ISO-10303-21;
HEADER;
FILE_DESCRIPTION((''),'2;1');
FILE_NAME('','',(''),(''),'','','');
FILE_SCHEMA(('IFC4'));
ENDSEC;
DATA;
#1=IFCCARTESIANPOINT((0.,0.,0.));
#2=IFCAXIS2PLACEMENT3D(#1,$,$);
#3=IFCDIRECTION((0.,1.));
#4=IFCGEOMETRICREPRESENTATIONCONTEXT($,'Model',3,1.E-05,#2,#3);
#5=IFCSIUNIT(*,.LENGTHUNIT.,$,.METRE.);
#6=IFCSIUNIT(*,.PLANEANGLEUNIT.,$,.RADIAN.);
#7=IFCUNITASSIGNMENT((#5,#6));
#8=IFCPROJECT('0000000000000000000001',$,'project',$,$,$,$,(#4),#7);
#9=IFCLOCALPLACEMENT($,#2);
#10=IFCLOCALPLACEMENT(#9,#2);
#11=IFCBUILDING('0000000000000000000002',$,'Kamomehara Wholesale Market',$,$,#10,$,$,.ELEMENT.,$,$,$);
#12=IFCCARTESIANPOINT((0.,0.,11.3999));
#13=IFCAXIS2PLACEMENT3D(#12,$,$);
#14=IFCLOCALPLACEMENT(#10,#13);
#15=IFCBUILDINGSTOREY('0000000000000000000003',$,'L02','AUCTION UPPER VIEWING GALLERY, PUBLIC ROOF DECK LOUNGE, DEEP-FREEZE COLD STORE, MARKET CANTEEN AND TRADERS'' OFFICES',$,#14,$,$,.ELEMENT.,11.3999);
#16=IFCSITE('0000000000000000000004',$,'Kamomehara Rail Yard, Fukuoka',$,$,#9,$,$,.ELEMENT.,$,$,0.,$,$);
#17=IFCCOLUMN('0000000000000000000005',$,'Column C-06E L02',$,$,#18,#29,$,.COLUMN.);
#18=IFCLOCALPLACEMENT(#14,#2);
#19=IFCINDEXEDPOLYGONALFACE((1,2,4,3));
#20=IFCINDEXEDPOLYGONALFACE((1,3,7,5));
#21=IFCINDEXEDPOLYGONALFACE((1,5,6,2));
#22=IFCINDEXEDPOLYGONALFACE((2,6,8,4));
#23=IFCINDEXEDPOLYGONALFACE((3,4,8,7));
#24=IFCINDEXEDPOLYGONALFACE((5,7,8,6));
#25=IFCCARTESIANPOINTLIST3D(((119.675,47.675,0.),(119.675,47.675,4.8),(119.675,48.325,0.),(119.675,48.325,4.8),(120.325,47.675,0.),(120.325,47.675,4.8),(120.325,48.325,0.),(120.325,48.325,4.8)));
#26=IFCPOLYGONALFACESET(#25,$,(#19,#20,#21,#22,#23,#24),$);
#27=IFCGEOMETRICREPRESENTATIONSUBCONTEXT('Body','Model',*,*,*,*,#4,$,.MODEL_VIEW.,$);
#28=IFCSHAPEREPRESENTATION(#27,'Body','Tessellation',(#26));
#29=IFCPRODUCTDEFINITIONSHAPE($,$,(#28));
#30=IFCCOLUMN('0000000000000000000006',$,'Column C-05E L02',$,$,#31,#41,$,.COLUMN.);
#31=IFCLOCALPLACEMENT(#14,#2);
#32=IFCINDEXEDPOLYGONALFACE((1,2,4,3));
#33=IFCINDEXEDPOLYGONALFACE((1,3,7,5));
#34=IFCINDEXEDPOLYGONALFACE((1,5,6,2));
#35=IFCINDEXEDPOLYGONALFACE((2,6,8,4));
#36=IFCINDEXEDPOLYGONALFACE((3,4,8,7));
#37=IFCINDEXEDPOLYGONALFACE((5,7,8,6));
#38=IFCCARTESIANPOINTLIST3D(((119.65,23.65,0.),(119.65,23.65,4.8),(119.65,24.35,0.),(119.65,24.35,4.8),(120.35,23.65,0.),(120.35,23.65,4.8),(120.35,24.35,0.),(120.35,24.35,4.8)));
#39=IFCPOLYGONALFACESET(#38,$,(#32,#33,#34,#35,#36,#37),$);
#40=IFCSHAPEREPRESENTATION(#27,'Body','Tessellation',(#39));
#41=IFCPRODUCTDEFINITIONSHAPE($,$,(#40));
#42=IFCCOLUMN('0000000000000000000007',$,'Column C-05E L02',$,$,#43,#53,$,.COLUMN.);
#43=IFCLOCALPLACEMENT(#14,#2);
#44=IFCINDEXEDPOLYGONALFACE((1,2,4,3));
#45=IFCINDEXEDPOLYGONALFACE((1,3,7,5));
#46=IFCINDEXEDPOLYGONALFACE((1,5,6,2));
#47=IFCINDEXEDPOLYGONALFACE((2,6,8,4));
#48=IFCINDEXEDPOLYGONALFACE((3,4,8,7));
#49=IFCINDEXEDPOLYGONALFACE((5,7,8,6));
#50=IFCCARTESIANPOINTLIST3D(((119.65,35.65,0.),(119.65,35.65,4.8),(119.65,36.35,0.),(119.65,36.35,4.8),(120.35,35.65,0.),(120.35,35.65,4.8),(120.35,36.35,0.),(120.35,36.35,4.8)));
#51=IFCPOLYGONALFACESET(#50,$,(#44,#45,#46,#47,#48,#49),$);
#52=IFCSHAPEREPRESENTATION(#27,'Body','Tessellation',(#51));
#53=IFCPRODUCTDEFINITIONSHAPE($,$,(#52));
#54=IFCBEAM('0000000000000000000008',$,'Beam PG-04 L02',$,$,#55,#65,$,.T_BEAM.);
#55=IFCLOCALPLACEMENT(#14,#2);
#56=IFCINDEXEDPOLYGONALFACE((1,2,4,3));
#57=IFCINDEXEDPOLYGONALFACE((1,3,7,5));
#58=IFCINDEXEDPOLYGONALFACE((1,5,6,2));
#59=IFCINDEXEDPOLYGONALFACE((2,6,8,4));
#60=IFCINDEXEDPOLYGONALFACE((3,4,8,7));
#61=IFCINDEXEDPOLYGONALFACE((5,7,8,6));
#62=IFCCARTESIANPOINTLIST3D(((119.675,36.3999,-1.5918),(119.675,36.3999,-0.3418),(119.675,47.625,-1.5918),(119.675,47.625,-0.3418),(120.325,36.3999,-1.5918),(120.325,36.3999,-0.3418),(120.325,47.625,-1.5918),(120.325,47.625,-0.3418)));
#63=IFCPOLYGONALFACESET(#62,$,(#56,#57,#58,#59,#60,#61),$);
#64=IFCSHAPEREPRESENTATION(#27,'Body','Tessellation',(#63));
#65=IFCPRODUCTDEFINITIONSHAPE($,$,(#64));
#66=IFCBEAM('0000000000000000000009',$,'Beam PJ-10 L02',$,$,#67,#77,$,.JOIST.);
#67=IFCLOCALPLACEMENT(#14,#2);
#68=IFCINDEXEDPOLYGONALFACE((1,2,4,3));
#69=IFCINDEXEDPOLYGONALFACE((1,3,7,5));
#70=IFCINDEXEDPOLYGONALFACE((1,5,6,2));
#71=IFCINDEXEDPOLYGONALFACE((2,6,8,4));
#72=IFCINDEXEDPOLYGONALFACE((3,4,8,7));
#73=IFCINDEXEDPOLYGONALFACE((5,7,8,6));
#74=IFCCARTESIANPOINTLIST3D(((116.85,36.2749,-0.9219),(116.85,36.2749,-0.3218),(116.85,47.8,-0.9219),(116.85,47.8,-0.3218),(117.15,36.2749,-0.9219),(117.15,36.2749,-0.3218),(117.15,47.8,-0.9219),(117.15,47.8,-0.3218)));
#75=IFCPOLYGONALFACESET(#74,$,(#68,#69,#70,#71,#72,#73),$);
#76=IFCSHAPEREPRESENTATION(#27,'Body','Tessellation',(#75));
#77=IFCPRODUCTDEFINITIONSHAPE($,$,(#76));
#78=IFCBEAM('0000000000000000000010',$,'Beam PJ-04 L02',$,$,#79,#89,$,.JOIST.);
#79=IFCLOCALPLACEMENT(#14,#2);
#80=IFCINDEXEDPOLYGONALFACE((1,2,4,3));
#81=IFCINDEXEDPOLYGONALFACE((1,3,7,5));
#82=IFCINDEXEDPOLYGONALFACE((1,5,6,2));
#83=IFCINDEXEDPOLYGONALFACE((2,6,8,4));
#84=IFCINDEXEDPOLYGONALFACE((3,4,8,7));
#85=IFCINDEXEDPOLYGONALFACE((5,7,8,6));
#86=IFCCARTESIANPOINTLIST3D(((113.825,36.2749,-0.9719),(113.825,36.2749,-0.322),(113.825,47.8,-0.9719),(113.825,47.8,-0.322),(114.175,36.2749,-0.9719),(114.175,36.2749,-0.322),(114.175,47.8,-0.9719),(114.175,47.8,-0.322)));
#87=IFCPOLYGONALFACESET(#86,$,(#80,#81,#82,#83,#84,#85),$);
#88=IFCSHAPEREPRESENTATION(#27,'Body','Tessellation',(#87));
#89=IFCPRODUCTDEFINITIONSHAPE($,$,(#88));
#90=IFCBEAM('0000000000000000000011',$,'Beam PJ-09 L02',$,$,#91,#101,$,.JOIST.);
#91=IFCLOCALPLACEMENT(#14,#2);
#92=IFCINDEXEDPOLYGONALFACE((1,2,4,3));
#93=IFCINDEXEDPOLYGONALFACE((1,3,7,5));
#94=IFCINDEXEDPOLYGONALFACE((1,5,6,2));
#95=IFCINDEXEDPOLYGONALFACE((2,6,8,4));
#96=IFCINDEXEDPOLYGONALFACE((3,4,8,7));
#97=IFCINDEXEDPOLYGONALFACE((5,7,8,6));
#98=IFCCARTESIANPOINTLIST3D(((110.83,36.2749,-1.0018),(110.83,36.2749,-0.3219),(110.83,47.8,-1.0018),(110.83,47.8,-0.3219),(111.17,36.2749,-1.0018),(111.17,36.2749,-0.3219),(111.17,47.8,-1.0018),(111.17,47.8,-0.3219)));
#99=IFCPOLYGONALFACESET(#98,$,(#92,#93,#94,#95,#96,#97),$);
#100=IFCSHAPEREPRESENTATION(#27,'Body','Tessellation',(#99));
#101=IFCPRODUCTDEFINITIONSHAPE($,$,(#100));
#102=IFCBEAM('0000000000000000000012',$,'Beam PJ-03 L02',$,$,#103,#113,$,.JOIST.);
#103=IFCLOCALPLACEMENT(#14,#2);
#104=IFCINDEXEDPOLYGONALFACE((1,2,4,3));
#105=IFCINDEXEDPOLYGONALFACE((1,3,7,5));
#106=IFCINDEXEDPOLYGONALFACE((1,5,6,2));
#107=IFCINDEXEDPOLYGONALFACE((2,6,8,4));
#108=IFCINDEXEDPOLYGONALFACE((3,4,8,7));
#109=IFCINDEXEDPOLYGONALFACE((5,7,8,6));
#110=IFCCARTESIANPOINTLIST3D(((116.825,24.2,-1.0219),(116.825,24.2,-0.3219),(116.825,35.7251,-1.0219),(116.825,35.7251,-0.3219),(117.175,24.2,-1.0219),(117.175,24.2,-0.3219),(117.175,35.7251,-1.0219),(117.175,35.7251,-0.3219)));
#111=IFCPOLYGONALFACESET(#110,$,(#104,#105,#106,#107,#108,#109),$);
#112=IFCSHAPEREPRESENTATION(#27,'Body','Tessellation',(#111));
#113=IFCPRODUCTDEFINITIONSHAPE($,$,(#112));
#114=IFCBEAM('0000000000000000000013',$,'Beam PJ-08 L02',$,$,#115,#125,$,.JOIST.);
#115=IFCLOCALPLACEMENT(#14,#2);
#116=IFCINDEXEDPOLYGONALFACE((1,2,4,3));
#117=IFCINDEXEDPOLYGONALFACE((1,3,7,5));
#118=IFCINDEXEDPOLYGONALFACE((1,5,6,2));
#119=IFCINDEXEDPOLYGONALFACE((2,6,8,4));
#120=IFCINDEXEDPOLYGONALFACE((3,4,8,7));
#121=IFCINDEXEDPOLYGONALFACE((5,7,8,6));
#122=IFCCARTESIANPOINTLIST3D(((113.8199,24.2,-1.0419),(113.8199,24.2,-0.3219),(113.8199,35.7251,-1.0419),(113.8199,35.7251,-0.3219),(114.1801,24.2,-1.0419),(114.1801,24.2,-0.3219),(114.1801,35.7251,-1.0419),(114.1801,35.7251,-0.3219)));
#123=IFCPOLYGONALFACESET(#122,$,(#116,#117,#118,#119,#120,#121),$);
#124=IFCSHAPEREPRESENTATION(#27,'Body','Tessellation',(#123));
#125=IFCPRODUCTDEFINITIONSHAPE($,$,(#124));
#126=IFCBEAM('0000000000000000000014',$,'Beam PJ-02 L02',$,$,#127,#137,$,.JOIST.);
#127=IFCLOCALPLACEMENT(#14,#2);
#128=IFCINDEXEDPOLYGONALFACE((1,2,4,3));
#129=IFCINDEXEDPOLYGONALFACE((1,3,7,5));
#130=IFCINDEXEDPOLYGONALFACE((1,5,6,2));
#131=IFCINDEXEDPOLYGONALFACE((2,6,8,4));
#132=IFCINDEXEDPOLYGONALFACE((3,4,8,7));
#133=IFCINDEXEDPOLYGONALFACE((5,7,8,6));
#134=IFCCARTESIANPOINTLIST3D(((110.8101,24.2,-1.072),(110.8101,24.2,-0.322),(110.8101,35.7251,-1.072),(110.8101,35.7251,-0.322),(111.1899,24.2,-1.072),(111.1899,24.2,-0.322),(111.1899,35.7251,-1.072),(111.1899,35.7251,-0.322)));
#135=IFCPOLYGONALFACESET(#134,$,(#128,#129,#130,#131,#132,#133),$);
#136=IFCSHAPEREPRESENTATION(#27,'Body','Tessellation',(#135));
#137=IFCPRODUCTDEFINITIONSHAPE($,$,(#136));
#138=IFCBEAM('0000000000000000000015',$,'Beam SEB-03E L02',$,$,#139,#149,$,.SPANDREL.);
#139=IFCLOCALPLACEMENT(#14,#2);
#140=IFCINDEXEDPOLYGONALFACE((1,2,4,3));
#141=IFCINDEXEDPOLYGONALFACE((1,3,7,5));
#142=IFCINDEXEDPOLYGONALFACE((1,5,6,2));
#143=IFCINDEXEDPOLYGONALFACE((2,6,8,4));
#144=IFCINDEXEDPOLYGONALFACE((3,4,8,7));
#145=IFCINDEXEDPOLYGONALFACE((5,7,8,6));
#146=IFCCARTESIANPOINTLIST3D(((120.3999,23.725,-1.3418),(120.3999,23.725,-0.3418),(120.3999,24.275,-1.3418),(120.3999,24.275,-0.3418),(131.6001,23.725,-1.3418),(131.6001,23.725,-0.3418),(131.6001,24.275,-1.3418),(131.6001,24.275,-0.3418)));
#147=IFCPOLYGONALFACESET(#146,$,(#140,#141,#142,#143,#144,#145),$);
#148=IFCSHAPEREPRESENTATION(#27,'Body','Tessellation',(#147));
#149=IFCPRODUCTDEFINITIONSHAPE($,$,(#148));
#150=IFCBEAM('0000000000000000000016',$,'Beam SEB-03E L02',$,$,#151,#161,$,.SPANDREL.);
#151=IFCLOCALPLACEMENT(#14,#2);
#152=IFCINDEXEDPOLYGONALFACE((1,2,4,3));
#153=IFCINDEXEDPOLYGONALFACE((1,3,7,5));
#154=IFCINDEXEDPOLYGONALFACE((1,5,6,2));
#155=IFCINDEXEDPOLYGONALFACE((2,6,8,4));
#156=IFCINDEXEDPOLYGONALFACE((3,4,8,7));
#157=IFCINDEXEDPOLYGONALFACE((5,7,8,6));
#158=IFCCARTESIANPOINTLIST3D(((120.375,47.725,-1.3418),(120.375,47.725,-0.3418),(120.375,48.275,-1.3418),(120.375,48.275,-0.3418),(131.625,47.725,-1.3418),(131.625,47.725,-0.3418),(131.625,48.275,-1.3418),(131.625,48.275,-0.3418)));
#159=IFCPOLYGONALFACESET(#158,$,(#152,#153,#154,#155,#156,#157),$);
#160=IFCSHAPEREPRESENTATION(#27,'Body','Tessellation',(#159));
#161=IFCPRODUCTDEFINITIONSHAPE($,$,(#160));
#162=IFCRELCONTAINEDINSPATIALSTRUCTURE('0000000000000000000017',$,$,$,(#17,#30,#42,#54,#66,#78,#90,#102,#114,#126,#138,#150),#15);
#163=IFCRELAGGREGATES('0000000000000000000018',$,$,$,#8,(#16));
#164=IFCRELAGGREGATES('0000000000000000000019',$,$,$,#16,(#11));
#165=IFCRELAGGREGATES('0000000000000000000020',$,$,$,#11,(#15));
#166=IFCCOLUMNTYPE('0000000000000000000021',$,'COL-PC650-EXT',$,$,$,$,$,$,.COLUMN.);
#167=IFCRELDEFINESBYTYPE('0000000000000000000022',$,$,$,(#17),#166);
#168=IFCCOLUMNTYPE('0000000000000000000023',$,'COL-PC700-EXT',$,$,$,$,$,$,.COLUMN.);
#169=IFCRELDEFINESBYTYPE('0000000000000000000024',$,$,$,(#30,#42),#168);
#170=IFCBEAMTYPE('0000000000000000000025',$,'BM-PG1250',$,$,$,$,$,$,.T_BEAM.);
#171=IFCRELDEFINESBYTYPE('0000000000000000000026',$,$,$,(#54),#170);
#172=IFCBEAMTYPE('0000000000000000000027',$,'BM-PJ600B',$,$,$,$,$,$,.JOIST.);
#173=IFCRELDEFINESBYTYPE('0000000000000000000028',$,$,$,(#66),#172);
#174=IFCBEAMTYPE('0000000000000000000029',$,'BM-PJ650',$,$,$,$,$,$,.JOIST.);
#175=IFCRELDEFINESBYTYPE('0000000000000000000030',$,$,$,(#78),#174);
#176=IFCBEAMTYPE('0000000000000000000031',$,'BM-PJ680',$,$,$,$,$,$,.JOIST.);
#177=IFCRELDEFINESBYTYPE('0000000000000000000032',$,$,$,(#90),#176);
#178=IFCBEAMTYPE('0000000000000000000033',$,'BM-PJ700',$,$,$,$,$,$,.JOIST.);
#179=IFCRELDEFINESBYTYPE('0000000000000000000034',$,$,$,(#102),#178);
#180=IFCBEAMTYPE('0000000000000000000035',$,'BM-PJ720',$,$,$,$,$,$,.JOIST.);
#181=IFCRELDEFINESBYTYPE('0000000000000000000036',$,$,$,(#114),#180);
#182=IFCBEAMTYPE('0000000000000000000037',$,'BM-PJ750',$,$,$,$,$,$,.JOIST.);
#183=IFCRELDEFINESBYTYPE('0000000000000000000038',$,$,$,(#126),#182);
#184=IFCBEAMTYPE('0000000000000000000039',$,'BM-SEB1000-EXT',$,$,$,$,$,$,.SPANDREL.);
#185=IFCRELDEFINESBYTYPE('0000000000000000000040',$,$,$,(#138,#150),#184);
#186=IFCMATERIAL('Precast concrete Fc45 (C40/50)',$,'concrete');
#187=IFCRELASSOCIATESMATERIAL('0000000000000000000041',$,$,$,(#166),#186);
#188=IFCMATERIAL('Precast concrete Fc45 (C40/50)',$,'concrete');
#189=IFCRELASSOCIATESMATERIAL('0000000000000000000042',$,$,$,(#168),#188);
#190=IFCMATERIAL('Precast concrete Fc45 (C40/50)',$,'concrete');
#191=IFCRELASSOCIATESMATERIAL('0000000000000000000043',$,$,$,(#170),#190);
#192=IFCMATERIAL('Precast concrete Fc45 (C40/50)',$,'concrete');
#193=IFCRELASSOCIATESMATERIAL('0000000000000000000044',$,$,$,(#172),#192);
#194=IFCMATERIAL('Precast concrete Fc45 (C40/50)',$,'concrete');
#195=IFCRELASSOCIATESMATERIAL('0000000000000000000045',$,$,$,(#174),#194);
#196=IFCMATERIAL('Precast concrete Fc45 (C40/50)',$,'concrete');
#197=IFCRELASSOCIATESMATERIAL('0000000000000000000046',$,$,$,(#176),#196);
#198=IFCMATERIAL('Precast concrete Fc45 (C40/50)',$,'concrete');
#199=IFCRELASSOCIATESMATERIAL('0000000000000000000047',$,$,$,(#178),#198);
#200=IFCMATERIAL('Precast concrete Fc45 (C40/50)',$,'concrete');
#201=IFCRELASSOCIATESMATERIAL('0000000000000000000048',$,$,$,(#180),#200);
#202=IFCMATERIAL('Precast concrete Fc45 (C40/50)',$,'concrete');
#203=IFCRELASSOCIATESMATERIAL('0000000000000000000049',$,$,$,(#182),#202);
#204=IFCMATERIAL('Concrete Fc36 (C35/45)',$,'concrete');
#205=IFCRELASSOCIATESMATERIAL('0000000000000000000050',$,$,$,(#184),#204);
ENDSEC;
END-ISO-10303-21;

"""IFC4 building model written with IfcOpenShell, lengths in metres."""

from ifc_helpers import new_model, si_unit, direction, frame, origin, origin_2d, place, context, subcontext, project, spatial, rectangle, extrude, material, material_profile, profile_set, type_object, element, save


model = new_model("IFC4")

# Units and contexts
model_context = context("Model", 3, precision=1e-05, world=origin(), true_north=direction((0.0, 1.0)))
body_context = subcontext(model_context, "Body", "Model", "MODEL_VIEW")
ifc_project = project(units=[si_unit("LENGTHUNIT", "METRE"), si_unit("PLANEANGLEUNIT", "RADIAN")], contexts=[model_context])

# Site, building, storey
site_placement = place(None, origin())
site = spatial("IfcSite", under=ifc_project, at=site_placement, Name="Kamomehara Rail Yard, Fukuoka", CompositionType="ELEMENT", RefElevation=0.0)
building_placement = place(site_placement, origin())
building = spatial("IfcBuilding", under=site, at=building_placement, Name="Kamomehara Wholesale Market", CompositionType="ELEMENT")
storey_placement = place(building_placement, frame((0.0, 0.0, 11.3999)))
storey = spatial("IfcBuildingStorey", under=building, at=storey_placement, Name="L02", Description="AUCTION UPPER VIEWING GALLERY, PUBLIC ROOF DECK LOUNGE, DEEP-FREEZE COLD STORE, MARKET CANTEEN AND TRADERS' OFFICES", CompositionType="ELEMENT", Elevation=11.3999)

# Columns
ifc_material_1 = material(Name="Precast concrete Fc45 (C40/50)", Category="concrete")
ifc_material_profile_1 = material_profile(ifc_material_1, rectangle(XDim=0.6499, YDim=0.6499, at=origin_2d()), Name="PC-COL-650x650")
ifc_profile_set_1 = profile_set([ifc_material_profile_1], Name="Precast concrete Fc45 (C40/50)")
column_type_1 = type_object("IfcColumnType", Name="COL-PC650-EXT", PredefinedType="COLUMN", material=ifc_profile_set_1)
column_placement = place(storey_placement, frame((120.0, 48.0, 0.0), z_axis=(0.0, 0.0, 1.0), x_axis=(1.0, 0.0, 0.0)))
element("IfcColumn", 1, at=column_placement, inside=storey, type_object=column_type_1, Name="Column C-06E L02", PredefinedType="COLUMN", context=body_context, shape_type="SweptSolid", body=[
    extrude(rectangle(XDim=0.6499, YDim=0.6499, at=origin_2d()), origin(), (0.0, 0.0, 1.0), 4.8),
])
ifc_material_2 = material(Name="Precast concrete Fc45 (C40/50)", Category="concrete")
ifc_material_profile_2 = material_profile(ifc_material_2, rectangle(XDim=0.7, YDim=0.7, at=origin_2d()), Name="PC-COL-700x700")
ifc_profile_set_2 = profile_set([ifc_material_profile_2], Name="Precast concrete Fc45 (C40/50)")
column_type_2 = type_object("IfcColumnType", Name="COL-PC700-EXT", PredefinedType="COLUMN", material=ifc_profile_set_2)
for number, where, z_axis, x_axis, name in (
    (2, (120.0, 24.0, 0.0), (0.0, 0.0, 1.0), (1.0, 0.0, 0.0), "Column C-05E L02"),
    (3, (120.0, 36.0, 0.0), (0.0, 0.0, 1.0), (1.0, 0.0, 0.0), "Column C-05E L02"),
):
    element("IfcColumn", number, at=place(storey_placement, frame(where, z_axis=z_axis, x_axis=x_axis)), inside=storey, type_object=column_type_2, Name=name, PredefinedType="COLUMN", context=body_context, shape_type="SweptSolid", body=[
        extrude(rectangle(XDim=0.7, YDim=0.7, at=origin_2d()), origin(), (0.0, 0.0, 1.0), 4.8),
    ])

# Beams
ifc_material_3 = material(Name="Precast concrete Fc45 (C40/50)", Category="concrete")
ifc_material_profile_3 = material_profile(ifc_material_3, rectangle(XDim=0.6499, YDim=1.25, at=origin_2d()), Name="PC-GRD-650x1250")
ifc_profile_set_3 = profile_set([ifc_material_profile_3], Name="Precast concrete Fc45 (C40/50)")
beam_type_1 = type_object("IfcBeamType", Name="BM-PG1250", PredefinedType="T_BEAM", material=ifc_profile_set_3)
beam_1_placement = place(storey_placement, frame((120.0, 36.3999, -0.9668), z_axis=(0.0, 1.0, 0.0), x_axis=(-1.0, 0.0, 0.0)))
element("IfcBeam", 4, at=beam_1_placement, inside=storey, type_object=beam_type_1, Name="Beam PG-04 L02", PredefinedType="T_BEAM", context=body_context, shape_type="SweptSolid", body=[
    extrude(rectangle(XDim=0.6499, YDim=1.25, at=origin_2d()), origin(), (0.0, 0.0, 1.0), 11.2251),
])
ifc_material_4 = material(Name="Precast concrete Fc45 (C40/50)", Category="concrete")
ifc_material_profile_4 = material_profile(ifc_material_4, rectangle(XDim=0.3, YDim=0.6001, at=origin_2d()), Name="PC-JST-300x600")
ifc_profile_set_4 = profile_set([ifc_material_profile_4], Name="Precast concrete Fc45 (C40/50)")
beam_type_2 = type_object("IfcBeamType", Name="BM-PJ600B", PredefinedType="JOIST", material=ifc_profile_set_4)
beam_2_placement = place(storey_placement, frame((117.0, 36.2749, -0.6218), z_axis=(0.0, 1.0, 0.0), x_axis=(-1.0, 0.0, 0.0)))
element("IfcBeam", 5, at=beam_2_placement, inside=storey, type_object=beam_type_2, Name="Beam PJ-10 L02", PredefinedType="JOIST", context=body_context, shape_type="SweptSolid", body=[
    extrude(rectangle(XDim=0.3, YDim=0.6001, at=origin_2d()), origin(), (0.0, 0.0, 1.0), 11.5251),
])
ifc_material_5 = material(Name="Precast concrete Fc45 (C40/50)", Category="concrete")
ifc_material_profile_5 = material_profile(ifc_material_5, rectangle(XDim=0.3501, YDim=0.6499, at=origin_2d()), Name="PC-JST-350x650")
ifc_profile_set_5 = profile_set([ifc_material_profile_5], Name="Precast concrete Fc45 (C40/50)")
beam_type_3 = type_object("IfcBeamType", Name="BM-PJ650", PredefinedType="JOIST", material=ifc_profile_set_5)
beam_3_placement = place(storey_placement, frame((114.0, 36.2749, -0.647), z_axis=(0.0, 1.0, 0.0), x_axis=(-1.0, 0.0, 0.0)))
element("IfcBeam", 6, at=beam_3_placement, inside=storey, type_object=beam_type_3, Name="Beam PJ-04 L02", PredefinedType="JOIST", context=body_context, shape_type="SweptSolid", body=[
    extrude(rectangle(XDim=0.3501, YDim=0.6499, at=origin_2d()), origin(), (0.0, 0.0, 1.0), 11.5251),
])
ifc_material_6 = material(Name="Precast concrete Fc45 (C40/50)", Category="concrete")
ifc_material_profile_6 = material_profile(ifc_material_6, rectangle(XDim=0.3401, YDim=0.6799, at=origin_2d()), Name="PC-JST-340x680")
ifc_profile_set_6 = profile_set([ifc_material_profile_6], Name="Precast concrete Fc45 (C40/50)")
beam_type_4 = type_object("IfcBeamType", Name="BM-PJ680", PredefinedType="JOIST", material=ifc_profile_set_6)
beam_4_placement = place(storey_placement, frame((111.0, 36.2749, -0.6619), z_axis=(0.0, 1.0, 0.0), x_axis=(-1.0, 0.0, 0.0)))
element("IfcBeam", 7, at=beam_4_placement, inside=storey, type_object=beam_type_4, Name="Beam PJ-09 L02", PredefinedType="JOIST", context=body_context, shape_type="SweptSolid", body=[
    extrude(rectangle(XDim=0.3401, YDim=0.6799, at=origin_2d()), origin(), (0.0, 0.0, 1.0), 11.5251),
])
ifc_material_7 = material(Name="Precast concrete Fc45 (C40/50)", Category="concrete")
ifc_material_profile_7 = material_profile(ifc_material_7, rectangle(XDim=0.3501, YDim=0.7, at=origin_2d()), Name="PC-JST-350x700")
ifc_profile_set_7 = profile_set([ifc_material_profile_7], Name="Precast concrete Fc45 (C40/50)")
beam_type_5 = type_object("IfcBeamType", Name="BM-PJ700", PredefinedType="JOIST", material=ifc_profile_set_7)
beam_5_placement = place(storey_placement, frame((117.0, 24.2, -0.6719), z_axis=(0.0, 1.0, 0.0), x_axis=(-1.0, 0.0, 0.0)))
element("IfcBeam", 8, at=beam_5_placement, inside=storey, type_object=beam_type_5, Name="Beam PJ-03 L02", PredefinedType="JOIST", context=body_context, shape_type="SweptSolid", body=[
    extrude(rectangle(XDim=0.3501, YDim=0.7, at=origin_2d()), origin(), (0.0, 0.0, 1.0), 11.5251),
])
ifc_material_8 = material(Name="Precast concrete Fc45 (C40/50)", Category="concrete")
ifc_material_profile_8 = material_profile(ifc_material_8, rectangle(XDim=0.3601, YDim=0.72, at=origin_2d()), Name="PC-JST-360x720")
ifc_profile_set_8 = profile_set([ifc_material_profile_8], Name="Precast concrete Fc45 (C40/50)")
beam_type_6 = type_object("IfcBeamType", Name="BM-PJ720", PredefinedType="JOIST", material=ifc_profile_set_8)
beam_6_placement = place(storey_placement, frame((114.0, 24.2, -0.6819), z_axis=(0.0, 1.0, 0.0), x_axis=(-1.0, 0.0, 0.0)))
element("IfcBeam", 9, at=beam_6_placement, inside=storey, type_object=beam_type_6, Name="Beam PJ-08 L02", PredefinedType="JOIST", context=body_context, shape_type="SweptSolid", body=[
    extrude(rectangle(XDim=0.3601, YDim=0.72, at=origin_2d()), origin(), (0.0, 0.0, 1.0), 11.5251),
])
ifc_material_9 = material(Name="Precast concrete Fc45 (C40/50)", Category="concrete")
ifc_material_profile_9 = material_profile(ifc_material_9, rectangle(XDim=0.3799, YDim=0.75, at=origin_2d()), Name="PC-JST-380x750")
ifc_profile_set_9 = profile_set([ifc_material_profile_9], Name="Precast concrete Fc45 (C40/50)")
beam_type_7 = type_object("IfcBeamType", Name="BM-PJ750", PredefinedType="JOIST", material=ifc_profile_set_9)
beam_7_placement = place(storey_placement, frame((111.0, 24.2, -0.697), z_axis=(0.0, 1.0, 0.0), x_axis=(-1.0, 0.0, 0.0)))
element("IfcBeam", 10, at=beam_7_placement, inside=storey, type_object=beam_type_7, Name="Beam PJ-02 L02", PredefinedType="JOIST", context=body_context, shape_type="SweptSolid", body=[
    extrude(rectangle(XDim=0.3799, YDim=0.75, at=origin_2d()), origin(), (0.0, 0.0, 1.0), 11.5251),
])
ifc_material_10 = material(Name="Concrete Fc36 (C35/45)", Category="concrete")
ifc_material_profile_10 = material_profile(ifc_material_10, rectangle(XDim=0.55, YDim=1.0, at=origin_2d()), Name="RC-SEB-550x1000")
ifc_profile_set_10 = profile_set([ifc_material_profile_10], Name="Concrete Fc36 (C35/45)")
beam_type_8 = type_object("IfcBeamType", Name="BM-SEB1000-EXT", PredefinedType="SPANDREL", material=ifc_profile_set_10)
beam_8_placement = place(storey_placement, frame((120.3999, 24.0, -0.8418), z_axis=(1.0, 0.0, 0.0), x_axis=(0.0, 1.0, 0.0)))
element("IfcBeam", 11, at=beam_8_placement, inside=storey, type_object=beam_type_8, Name="Beam SEB-03E L02", PredefinedType="SPANDREL", context=body_context, shape_type="SweptSolid", body=[
    extrude(rectangle(XDim=0.55, YDim=1.0, at=origin_2d()), origin(), (0.0, 0.0, 1.0), 11.2002),
])
beam_9_placement = place(storey_placement, frame((120.375, 48.0, -0.8418), z_axis=(1.0, 0.0, 0.0), x_axis=(0.0, 1.0, 0.0)))
element("IfcBeam", 12, at=beam_9_placement, inside=storey, type_object=beam_type_8, Name="Beam SEB-03E L02", PredefinedType="SPANDREL", context=body_context, shape_type="SweptSolid", body=[
    extrude(rectangle(XDim=0.55, YDim=1.0, at=origin_2d()), origin(), (0.0, 0.0, 1.0), 11.25),
])

save(model, "model.ifc")
